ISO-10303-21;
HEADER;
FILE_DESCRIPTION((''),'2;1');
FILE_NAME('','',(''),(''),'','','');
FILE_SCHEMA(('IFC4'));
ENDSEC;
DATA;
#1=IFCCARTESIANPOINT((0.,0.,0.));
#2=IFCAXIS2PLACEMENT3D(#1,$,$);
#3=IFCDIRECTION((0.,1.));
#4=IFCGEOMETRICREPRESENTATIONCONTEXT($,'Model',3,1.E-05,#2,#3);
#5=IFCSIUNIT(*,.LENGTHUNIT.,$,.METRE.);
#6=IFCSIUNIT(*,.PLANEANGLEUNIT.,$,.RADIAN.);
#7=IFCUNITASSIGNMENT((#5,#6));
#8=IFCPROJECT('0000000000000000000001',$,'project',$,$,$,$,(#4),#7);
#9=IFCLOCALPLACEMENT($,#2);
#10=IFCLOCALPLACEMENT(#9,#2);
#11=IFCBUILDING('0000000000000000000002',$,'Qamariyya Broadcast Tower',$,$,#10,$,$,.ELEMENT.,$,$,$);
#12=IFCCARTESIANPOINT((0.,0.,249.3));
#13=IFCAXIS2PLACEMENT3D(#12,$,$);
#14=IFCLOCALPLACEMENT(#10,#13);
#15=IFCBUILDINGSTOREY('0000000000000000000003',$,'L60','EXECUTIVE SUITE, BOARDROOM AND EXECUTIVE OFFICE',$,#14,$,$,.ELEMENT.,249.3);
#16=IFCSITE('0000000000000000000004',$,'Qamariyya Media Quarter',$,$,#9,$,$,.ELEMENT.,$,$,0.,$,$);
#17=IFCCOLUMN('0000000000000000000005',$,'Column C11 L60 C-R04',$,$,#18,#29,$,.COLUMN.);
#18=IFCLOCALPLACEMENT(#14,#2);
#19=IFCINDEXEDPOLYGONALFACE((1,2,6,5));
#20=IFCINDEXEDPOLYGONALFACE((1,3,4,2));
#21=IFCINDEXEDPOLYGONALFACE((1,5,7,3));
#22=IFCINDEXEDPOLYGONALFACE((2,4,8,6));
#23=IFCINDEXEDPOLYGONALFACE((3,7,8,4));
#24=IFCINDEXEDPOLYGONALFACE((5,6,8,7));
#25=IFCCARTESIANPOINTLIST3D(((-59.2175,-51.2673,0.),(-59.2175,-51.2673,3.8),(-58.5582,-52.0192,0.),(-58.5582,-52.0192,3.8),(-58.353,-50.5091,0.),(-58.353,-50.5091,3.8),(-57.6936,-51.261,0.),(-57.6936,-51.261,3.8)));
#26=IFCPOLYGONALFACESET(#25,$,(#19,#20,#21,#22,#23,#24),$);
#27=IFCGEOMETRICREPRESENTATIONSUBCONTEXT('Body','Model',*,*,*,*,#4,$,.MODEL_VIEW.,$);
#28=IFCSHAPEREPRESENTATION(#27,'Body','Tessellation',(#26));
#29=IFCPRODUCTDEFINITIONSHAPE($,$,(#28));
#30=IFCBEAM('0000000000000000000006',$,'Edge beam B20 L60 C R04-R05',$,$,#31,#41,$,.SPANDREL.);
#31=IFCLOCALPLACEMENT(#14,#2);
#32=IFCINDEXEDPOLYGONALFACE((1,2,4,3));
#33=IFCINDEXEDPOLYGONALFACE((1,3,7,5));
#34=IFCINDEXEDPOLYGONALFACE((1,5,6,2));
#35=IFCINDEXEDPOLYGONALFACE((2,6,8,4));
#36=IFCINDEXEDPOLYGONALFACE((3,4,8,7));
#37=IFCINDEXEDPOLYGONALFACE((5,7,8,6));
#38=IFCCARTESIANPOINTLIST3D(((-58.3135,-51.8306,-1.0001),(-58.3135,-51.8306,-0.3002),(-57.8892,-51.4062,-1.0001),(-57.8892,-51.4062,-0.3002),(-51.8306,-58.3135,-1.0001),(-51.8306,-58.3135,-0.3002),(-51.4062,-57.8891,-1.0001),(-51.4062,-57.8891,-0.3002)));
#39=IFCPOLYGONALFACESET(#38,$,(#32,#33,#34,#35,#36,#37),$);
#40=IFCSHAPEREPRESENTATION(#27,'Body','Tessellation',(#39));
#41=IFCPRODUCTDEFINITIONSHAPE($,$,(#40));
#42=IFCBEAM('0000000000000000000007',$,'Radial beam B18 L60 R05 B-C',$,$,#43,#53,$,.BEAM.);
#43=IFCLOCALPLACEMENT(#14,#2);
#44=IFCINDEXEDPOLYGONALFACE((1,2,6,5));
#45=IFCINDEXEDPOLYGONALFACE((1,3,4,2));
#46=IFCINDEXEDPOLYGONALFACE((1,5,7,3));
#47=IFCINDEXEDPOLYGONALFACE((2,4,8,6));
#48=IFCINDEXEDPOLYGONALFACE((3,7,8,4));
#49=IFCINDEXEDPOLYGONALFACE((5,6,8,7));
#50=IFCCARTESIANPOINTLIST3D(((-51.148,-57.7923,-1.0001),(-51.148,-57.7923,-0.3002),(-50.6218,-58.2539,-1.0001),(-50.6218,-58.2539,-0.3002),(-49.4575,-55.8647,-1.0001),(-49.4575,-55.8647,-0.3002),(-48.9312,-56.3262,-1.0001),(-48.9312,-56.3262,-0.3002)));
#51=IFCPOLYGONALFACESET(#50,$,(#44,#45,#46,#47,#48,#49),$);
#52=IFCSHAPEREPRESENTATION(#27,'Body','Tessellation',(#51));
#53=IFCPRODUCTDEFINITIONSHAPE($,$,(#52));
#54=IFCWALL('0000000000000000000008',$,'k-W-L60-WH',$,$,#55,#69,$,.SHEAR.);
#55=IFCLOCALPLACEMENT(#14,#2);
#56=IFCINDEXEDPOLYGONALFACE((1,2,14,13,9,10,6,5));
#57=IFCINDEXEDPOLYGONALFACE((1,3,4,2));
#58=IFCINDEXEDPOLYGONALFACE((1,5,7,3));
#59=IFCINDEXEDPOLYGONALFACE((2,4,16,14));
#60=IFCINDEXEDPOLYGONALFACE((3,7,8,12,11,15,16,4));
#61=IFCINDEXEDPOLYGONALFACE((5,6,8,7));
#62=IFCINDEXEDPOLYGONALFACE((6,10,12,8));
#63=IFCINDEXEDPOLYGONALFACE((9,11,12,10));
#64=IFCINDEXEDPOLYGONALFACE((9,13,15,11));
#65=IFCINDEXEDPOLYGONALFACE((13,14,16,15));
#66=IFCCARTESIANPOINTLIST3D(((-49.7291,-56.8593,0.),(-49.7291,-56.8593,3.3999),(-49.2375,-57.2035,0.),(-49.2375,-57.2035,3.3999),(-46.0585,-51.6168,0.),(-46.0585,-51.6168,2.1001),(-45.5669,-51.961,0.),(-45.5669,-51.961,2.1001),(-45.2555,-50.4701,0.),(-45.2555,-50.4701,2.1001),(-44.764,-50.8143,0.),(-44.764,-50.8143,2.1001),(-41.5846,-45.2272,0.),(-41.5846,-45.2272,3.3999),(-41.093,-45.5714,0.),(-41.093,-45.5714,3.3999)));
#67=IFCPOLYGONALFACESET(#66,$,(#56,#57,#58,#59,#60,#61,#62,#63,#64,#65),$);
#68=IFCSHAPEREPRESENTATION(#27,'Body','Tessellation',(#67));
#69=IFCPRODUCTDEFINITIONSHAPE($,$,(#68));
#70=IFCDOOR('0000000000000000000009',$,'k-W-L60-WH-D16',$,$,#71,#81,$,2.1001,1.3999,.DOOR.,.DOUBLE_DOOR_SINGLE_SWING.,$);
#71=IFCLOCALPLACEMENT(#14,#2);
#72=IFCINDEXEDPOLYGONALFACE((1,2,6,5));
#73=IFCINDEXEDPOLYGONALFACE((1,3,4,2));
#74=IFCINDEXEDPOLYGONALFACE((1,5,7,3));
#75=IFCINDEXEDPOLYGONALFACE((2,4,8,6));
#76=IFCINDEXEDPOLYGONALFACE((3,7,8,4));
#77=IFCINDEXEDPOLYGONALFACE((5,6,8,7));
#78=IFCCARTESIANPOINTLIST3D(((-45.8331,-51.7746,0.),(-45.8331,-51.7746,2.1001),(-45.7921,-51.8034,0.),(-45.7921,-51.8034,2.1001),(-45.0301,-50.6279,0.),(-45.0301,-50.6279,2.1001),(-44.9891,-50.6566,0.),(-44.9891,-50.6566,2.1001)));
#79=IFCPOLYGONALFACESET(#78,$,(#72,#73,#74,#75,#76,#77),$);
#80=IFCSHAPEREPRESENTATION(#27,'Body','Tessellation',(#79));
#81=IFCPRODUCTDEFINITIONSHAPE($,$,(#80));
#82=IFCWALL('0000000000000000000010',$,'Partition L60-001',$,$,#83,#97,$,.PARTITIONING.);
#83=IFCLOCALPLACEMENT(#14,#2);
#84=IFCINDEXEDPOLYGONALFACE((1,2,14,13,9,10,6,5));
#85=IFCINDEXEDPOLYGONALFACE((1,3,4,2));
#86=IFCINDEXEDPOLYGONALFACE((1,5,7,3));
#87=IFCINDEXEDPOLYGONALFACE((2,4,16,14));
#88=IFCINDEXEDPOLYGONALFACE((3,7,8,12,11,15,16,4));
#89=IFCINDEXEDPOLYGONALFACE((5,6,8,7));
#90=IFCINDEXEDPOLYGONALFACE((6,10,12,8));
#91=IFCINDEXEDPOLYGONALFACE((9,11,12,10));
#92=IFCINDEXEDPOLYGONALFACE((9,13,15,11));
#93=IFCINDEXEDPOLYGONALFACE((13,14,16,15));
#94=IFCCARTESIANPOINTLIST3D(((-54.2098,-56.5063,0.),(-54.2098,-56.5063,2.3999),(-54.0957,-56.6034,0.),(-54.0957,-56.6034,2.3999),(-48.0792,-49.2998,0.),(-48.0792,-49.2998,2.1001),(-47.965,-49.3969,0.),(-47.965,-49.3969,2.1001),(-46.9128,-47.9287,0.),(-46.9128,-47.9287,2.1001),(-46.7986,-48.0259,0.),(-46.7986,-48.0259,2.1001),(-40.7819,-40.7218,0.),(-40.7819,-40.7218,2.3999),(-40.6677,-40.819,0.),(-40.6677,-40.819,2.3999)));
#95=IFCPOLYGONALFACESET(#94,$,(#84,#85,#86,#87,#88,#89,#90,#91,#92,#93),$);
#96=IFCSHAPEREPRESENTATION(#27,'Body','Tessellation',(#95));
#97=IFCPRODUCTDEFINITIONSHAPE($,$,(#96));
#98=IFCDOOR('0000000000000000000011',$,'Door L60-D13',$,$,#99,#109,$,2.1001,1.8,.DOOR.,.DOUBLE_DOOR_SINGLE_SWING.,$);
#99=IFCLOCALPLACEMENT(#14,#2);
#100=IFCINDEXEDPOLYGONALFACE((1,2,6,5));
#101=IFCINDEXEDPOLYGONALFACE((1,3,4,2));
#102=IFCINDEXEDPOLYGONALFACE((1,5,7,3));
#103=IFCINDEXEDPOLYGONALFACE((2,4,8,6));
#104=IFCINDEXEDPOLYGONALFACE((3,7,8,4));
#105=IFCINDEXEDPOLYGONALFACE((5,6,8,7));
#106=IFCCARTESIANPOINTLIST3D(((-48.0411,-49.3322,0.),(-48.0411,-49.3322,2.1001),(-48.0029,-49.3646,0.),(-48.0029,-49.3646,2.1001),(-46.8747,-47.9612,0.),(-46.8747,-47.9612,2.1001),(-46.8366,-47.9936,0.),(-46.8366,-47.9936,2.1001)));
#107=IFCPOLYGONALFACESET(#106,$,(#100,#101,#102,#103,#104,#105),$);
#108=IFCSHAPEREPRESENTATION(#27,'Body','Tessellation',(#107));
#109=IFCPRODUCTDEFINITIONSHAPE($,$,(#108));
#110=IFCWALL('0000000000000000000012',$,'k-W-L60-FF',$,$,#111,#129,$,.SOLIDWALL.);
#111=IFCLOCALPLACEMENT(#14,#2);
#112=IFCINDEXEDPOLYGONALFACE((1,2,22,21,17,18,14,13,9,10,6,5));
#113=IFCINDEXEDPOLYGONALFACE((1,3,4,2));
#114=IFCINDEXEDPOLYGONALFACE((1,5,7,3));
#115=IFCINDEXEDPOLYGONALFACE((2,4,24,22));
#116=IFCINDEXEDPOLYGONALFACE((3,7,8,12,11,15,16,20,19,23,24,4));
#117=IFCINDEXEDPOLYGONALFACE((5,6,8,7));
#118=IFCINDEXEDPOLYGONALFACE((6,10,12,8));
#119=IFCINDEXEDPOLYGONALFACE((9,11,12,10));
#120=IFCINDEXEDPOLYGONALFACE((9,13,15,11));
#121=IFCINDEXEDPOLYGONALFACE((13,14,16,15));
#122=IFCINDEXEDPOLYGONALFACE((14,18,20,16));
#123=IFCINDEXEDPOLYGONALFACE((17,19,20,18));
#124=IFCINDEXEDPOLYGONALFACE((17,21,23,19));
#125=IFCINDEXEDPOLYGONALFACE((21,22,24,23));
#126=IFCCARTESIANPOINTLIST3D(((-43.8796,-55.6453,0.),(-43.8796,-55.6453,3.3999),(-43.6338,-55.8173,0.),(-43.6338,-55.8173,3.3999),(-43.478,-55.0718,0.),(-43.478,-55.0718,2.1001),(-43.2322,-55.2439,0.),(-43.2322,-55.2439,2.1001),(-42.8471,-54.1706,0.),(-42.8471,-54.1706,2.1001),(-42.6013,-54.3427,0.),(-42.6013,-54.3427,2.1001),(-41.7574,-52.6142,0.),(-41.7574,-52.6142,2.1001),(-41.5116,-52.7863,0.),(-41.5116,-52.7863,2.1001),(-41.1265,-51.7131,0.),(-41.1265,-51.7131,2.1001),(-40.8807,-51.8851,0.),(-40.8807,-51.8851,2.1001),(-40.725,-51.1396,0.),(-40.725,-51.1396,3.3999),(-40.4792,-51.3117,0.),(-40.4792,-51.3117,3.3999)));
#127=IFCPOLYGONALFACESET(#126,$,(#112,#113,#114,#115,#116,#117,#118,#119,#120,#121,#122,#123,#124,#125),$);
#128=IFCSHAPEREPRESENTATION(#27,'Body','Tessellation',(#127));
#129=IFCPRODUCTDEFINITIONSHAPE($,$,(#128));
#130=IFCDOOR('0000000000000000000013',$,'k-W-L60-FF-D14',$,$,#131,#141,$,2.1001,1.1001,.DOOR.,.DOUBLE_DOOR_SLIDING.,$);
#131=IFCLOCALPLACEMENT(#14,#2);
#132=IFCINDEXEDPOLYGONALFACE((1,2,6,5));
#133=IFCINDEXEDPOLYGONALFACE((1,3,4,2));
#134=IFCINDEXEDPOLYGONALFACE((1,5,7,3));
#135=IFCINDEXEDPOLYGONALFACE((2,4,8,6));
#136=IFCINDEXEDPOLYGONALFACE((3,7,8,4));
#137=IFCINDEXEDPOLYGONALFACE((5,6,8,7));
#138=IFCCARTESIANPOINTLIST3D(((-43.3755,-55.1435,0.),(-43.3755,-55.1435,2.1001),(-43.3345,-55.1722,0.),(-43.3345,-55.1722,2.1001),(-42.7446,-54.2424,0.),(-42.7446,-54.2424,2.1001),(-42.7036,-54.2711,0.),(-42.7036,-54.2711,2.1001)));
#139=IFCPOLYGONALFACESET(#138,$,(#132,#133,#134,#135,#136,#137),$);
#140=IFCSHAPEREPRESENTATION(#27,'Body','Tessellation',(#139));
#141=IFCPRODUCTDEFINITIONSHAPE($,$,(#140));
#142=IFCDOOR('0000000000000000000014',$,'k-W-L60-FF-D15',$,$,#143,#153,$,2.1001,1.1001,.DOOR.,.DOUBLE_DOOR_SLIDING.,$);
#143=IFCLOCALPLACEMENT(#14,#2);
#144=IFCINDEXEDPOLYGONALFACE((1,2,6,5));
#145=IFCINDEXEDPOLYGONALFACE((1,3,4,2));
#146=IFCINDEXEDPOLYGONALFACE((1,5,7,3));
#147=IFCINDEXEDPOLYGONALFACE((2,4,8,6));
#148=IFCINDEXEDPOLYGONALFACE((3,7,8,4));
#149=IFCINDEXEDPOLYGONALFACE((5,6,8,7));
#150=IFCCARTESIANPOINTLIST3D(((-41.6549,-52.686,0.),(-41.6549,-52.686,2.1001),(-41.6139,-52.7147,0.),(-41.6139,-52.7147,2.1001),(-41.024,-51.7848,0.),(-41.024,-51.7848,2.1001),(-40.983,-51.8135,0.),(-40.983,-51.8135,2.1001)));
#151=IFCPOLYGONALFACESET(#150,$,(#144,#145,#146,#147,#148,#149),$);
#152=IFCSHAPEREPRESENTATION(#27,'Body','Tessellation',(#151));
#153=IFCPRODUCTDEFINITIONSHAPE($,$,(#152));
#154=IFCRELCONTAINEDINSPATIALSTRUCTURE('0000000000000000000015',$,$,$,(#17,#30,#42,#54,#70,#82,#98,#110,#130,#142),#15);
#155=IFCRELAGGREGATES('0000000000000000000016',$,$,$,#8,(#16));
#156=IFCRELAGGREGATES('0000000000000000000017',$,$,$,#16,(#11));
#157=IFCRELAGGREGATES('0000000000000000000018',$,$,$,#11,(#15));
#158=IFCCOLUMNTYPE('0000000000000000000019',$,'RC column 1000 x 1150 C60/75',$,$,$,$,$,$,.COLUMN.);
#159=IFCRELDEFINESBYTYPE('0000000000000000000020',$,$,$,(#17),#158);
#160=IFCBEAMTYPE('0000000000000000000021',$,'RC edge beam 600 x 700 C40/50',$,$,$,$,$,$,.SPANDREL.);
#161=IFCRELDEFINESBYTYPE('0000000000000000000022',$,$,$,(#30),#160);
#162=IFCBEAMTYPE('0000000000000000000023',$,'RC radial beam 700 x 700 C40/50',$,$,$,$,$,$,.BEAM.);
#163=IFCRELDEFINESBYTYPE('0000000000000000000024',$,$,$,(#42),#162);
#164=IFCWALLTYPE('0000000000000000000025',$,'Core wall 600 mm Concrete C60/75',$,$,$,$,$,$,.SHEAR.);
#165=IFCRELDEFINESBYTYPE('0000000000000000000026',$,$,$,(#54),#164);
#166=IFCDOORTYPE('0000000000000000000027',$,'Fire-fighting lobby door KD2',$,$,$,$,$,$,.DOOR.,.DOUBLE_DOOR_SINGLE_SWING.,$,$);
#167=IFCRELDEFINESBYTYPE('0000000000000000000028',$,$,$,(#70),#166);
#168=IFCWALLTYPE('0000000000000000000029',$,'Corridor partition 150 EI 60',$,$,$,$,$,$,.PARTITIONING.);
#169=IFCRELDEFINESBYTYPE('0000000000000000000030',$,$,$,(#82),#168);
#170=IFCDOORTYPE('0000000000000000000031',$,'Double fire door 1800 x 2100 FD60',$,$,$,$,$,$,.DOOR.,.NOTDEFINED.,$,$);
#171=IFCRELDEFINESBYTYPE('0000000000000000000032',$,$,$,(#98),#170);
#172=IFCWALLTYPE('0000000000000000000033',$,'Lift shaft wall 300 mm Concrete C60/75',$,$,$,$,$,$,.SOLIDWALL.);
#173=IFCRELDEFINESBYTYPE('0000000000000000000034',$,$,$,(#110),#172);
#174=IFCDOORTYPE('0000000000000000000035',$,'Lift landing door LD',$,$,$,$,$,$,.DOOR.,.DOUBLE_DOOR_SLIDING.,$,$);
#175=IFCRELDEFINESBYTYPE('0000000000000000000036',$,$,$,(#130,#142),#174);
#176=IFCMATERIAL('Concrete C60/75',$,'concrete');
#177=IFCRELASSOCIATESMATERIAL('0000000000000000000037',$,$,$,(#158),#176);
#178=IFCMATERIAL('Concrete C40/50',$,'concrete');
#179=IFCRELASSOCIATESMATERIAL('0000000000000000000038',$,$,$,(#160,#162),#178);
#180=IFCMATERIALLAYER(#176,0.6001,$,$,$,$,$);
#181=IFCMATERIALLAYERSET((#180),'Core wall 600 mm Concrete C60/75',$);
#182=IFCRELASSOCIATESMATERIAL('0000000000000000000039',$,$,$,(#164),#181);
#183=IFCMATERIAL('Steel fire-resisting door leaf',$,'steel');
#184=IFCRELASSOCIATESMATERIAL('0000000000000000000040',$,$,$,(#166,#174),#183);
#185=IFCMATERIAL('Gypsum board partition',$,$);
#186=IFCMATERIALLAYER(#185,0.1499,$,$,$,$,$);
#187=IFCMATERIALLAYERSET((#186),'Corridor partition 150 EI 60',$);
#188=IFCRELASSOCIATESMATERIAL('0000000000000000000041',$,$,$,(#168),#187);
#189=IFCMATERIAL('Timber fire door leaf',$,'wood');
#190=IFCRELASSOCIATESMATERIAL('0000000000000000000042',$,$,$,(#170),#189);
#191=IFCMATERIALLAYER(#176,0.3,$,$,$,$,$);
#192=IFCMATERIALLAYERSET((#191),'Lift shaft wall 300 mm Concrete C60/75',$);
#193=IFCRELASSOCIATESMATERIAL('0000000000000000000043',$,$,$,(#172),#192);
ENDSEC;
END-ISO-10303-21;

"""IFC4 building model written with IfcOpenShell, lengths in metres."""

from ifc_helpers import new_model, si_unit, direction, frame, frame_2d, origin, origin_2d, place, context, subcontext, project, spatial, rectangle, extrude, material, layer, layer_set, material_profile, profile_set, type_object, element, fill, save


model = new_model("IFC4")

# Units and contexts
model_context = context("Model", 3, precision=1e-05, world=origin(), true_north=direction((0.0, 1.0)))
body_context = subcontext(model_context, "Body", "Model", "MODEL_VIEW")
ifc_project = project(units=[si_unit("LENGTHUNIT", "METRE"), si_unit("PLANEANGLEUNIT", "RADIAN")], contexts=[model_context])

# Site, building, storey
site_placement = place(None, origin())
site = spatial("IfcSite", under=ifc_project, at=site_placement, Name="Qamariyya Media Quarter", CompositionType="ELEMENT", RefElevation=0.0)
building_placement = place(site_placement, origin())
building = spatial("IfcBuilding", under=site, at=building_placement, Name="Qamariyya Broadcast Tower", CompositionType="ELEMENT")
storey_placement = place(building_placement, frame((0.0, 0.0, 249.3)))
storey = spatial("IfcBuildingStorey", under=building, at=storey_placement, Name="L60", Description="EXECUTIVE SUITE, BOARDROOM AND EXECUTIVE OFFICE", CompositionType="ELEMENT", Elevation=249.3)

# Column
ifc_material_1 = material(Name="Concrete C60/75", Category="concrete")
ifc_material_profile_1 = material_profile(ifc_material_1, rectangle(XDim=1.0, YDim=1.1499, at=origin_2d()))
ifc_profile_set_1 = profile_set([ifc_material_profile_1], Name="Concrete C60/75")
column_type = type_object("IfcColumnType", Name="RC column 1000 x 1150 C60/75", PredefinedType="COLUMN", material=ifc_profile_set_1)
column_placement = place(storey_placement, frame((-58.4556, -51.2642, 0.0), z_axis=(0.0, 0.0, 1.0), x_axis=(0.659346, -0.75184, 0.0)))
element("IfcColumn", 1, at=column_placement, inside=storey, type_object=column_type, Name="Column C11 L60 C-R04", PredefinedType="COLUMN", context=body_context, shape_type="SweptSolid", body=[
    extrude(rectangle(XDim=1.0, YDim=1.1499, at=origin_2d()), origin(), (0.0, 0.0, 1.0), 3.8),
])

# Beams
ifc_material_2 = material(Name="Concrete C40/50", Category="concrete")
ifc_material_profile_2 = material_profile(ifc_material_2, rectangle(XDim=0.6001, YDim=0.7, at=origin_2d()))
ifc_profile_set_2 = profile_set([ifc_material_profile_2], Name="Concrete C40/50")
beam_type_1 = type_object("IfcBeamType", Name="RC edge beam 600 x 700 C40/50", PredefinedType="SPANDREL", material=ifc_profile_set_2)
beam_1_placement = place(storey_placement, frame((-58.1013, -51.6184, -0.6501), z_axis=(0.707107, -0.707107, 0.0), x_axis=(0.707107, 0.707107, 0.0)))
element("IfcBeam", 2, at=beam_1_placement, inside=storey, type_object=beam_type_1, Name="Edge beam B20 L60 C R04-R05", PredefinedType="SPANDREL", context=body_context, shape_type="SweptSolid", body=[
    extrude(rectangle(XDim=0.6001, YDim=0.7, at=origin_2d()), origin(), (0.0, 0.0, 1.0), 9.1682),
])
ifc_material_profile_3 = material_profile(ifc_material_2, rectangle(XDim=0.7, YDim=0.7, at=origin_2d()))
ifc_profile_set_3 = profile_set([ifc_material_profile_3], Name="Concrete C40/50")
beam_type_2 = type_object("IfcBeamType", Name="RC radial beam 700 x 700 C40/50", PredefinedType="BEAM", material=ifc_profile_set_3)
beam_2_placement = place(storey_placement, frame((-49.1943, -56.0955, -0.6501), z_axis=(-0.659367, -0.751821, 0.0), x_axis=(0.751821, -0.659367, 0.0)))
element("IfcBeam", 3, at=beam_2_placement, inside=storey, type_object=beam_type_2, Name="Radial beam B18 L60 R05 B-C", PredefinedType="BEAM", context=body_context, shape_type="SweptSolid", body=[
    extrude(rectangle(XDim=0.7, YDim=0.7, at=origin_2d()), origin(), (0.0, 0.0, 1.0), 2.564),
])

# Walls, openings, doors
ifc_layer_1 = layer(ifc_material_1, 0.6001)
ifc_layer_set_1 = layer_set([ifc_layer_1], Name="Core wall 600 mm Concrete C60/75")
wall_type_1 = type_object("IfcWallType", Name="Core wall 600 mm Concrete C60/75", PredefinedType="SHEAR", material=ifc_layer_set_1)
wall_1_placement = place(storey_placement, frame((-49.4834, -57.0315, 0.0), z_axis=(0.0, 0.0, 1.0), x_axis=(0.57356, 0.819163, 0.0)))
wall_1 = element("IfcWall", 4, at=wall_1_placement, inside=storey, type_object=wall_type_1, Name="k-W-L60-WH", PredefinedType="SHEAR", context=body_context, shape_type="SweptSolid", body=[
    extrude(rectangle(XDim=14.2, YDim=0.6001, at=frame_2d((7.1001, 0.0))), origin(), (0.0, 0.0, 1.0), 3.3999),
])
opening_1_placement = place(wall_1_placement, frame((6.3999, 0.0, 0.0)))
opening_1 = element("IfcOpeningElement", 5, at=opening_1_placement, cuts=wall_1, PredefinedType="OPENING", context=body_context, shape_type="SweptSolid", body=[
    extrude(rectangle(XDim=1.3999, YDim=2.1001, at=frame_2d((0.7, 1.05))), frame((0.0, 0.3101, 0.0), z_axis=(0.0, -1.0, 0.0), x_axis=(1.0, 0.0, 0.0)), (0.0, 0.0, 1.0), 0.6201),
])
ifc_material_3 = material(Name="Steel fire-resisting door leaf", Category="steel")
door_type_1 = type_object("IfcDoorType", Name="Fire-fighting lobby door KD2", OperationType="DOUBLE_DOOR_SINGLE_SWING", PredefinedType="DOOR", material=ifc_material_3)
door_1_placement = place(opening_1_placement, origin())
door_1 = element("IfcDoor", 6, at=door_1_placement, inside=storey, type_object=door_type_1, Name="k-W-L60-WH-D16", OperationType="DOUBLE_DOOR_SINGLE_SWING", OverallHeight=2.1001, OverallWidth=1.3999, PredefinedType="DOOR", context=body_context, shape_type="SweptSolid", body=[
    extrude(rectangle(XDim=1.3999, YDim=2.1001, at=frame_2d((0.7, 1.05))), frame((0.0, 0.0249, 0.0), z_axis=(0.0, -1.0, 0.0), x_axis=(1.0, 0.0, 0.0)), (0.0, 0.0, 1.0), 0.05),
])
fill(opening_1, door_1)
ifc_material_4 = material(Name="Gypsum board partition")
ifc_layer_2 = layer(ifc_material_4, 0.1499)
ifc_layer_set_2 = layer_set([ifc_layer_2], Name="Corridor partition 150 EI 60")
wall_type_2 = type_object("IfcWallType", Name="Corridor partition 150 EI 60", PredefinedType="PARTITIONING", material=ifc_layer_set_2)
wall_2_placement = place(storey_placement, frame((-54.1528, -56.5549, 0.0), z_axis=(0.0, 0.0, 1.0), x_axis=(0.647963, 0.761672, 0.0)))
wall_2 = element("IfcWall", 7, at=wall_2_placement, inside=storey, type_object=wall_type_2, Name="Partition L60-001", PredefinedType="PARTITIONING", context=body_context, shape_type="SweptSolid", body=[
    extrude(rectangle(XDim=20.7234, YDim=0.1499, at=frame_2d((10.3618, 0.0))), origin(), (0.0, 0.0, 1.0), 2.3999),
])
opening_2_placement = place(wall_2_placement, frame((9.4617, 0.0, 0.0)))
opening_2 = element("IfcOpeningElement", 8, at=opening_2_placement, cuts=wall_2, PredefinedType="OPENING", context=body_context, shape_type="SweptSolid", body=[
    extrude(rectangle(XDim=1.8, YDim=2.1001, at=frame_2d((0.8999, 1.05))), frame((0.0, 0.085, 0.0), z_axis=(0.0, -1.0, 0.0), x_axis=(1.0, 0.0, 0.0)), (0.0, 0.0, 1.0), 0.1699),
])
ifc_material_5 = material(Name="Timber fire door leaf", Category="wood")
door_type_2 = type_object("IfcDoorType", Name="Double fire door 1800 x 2100 FD60", OperationType="NOTDEFINED", PredefinedType="DOOR", material=ifc_material_5)
door_2_placement = place(opening_2_placement, origin())
door_2 = element("IfcDoor", 9, at=door_2_placement, inside=storey, type_object=door_type_2, Name="Door L60-D13", OperationType="DOUBLE_DOOR_SINGLE_SWING", OverallHeight=2.1001, OverallWidth=1.8, PredefinedType="DOOR", context=body_context, shape_type="SweptSolid", body=[
    extrude(rectangle(XDim=1.8, YDim=2.1001, at=frame_2d((0.8999, 1.05))), frame((0.0, 0.0249, 0.0), z_axis=(0.0, -1.0, 0.0), x_axis=(1.0, 0.0, 0.0)), (0.0, 0.0, 1.0), 0.05),
])
fill(opening_2, door_2)

# Wall, openings, doors
ifc_layer_3 = layer(ifc_material_1, 0.3)
ifc_layer_set_3 = layer_set([ifc_layer_3], Name="Lift shaft wall 300 mm Concrete C60/75")
wall_type_3 = type_object("IfcWallType", Name="Lift shaft wall 300 mm Concrete C60/75", PredefinedType="SOLIDWALL", material=ifc_layer_set_3)
wall_3_placement = place(storey_placement, frame((-43.7566, -55.7312, 0.0), z_axis=(0.0, 0.0, 1.0), x_axis=(0.573537, 0.81918, 0.0)))
wall_3 = element("IfcWall", 10, at=wall_3_placement, inside=storey, type_object=wall_type_3, Name="k-W-L60-FF", PredefinedType="SOLIDWALL", context=body_context, shape_type="SweptSolid", body=[
    extrude(rectangle(XDim=5.5002, YDim=0.3, at=frame_2d((2.75, 0.0))), origin(), (0.0, 0.0, 1.0), 3.3999),
])
opening_3_placement = place(wall_3_placement, frame((0.7, 0.0, 0.0)))
opening_3 = element("IfcOpeningElement", 11, at=opening_3_placement, cuts=wall_3, PredefinedType="OPENING", context=body_context, shape_type="SweptSolid", body=[
    extrude(rectangle(XDim=1.1001, YDim=2.1001, at=frame_2d((0.55, 1.05))), frame((0.0, 0.1599, 0.0), z_axis=(0.0, -1.0, 0.0), x_axis=(1.0, 0.0, 0.0)), (0.0, 0.0, 1.0), 0.3201),
])
opening_4_placement = place(wall_3_placement, frame((3.7, 0.0, 0.0)))
opening_4 = element("IfcOpeningElement", 12, at=opening_4_placement, cuts=wall_3, PredefinedType="OPENING", context=body_context, shape_type="SweptSolid", body=[
    extrude(rectangle(XDim=1.1001, YDim=2.1001, at=frame_2d((0.55, 1.05))), frame((0.0, 0.1599, 0.0), z_axis=(0.0, -1.0, 0.0), x_axis=(1.0, 0.0, 0.0)), (0.0, 0.0, 1.0), 0.3201),
])
door_type_3 = type_object("IfcDoorType", Name="Lift landing door LD", OperationType="DOUBLE_DOOR_SLIDING", PredefinedType="DOOR", material=ifc_material_3)
door_3_placement = place(opening_3_placement, origin())
door_3 = element("IfcDoor", 13, at=door_3_placement, inside=storey, type_object=door_type_3, Name="k-W-L60-FF-D14", OperationType="DOUBLE_DOOR_SLIDING", OverallHeight=2.1001, OverallWidth=1.1001, PredefinedType="DOOR", context=body_context, shape_type="SweptSolid", body=[
    extrude(rectangle(XDim=1.1001, YDim=2.1001, at=frame_2d((0.55, 1.05))), frame((0.0, 0.0249, 0.0), z_axis=(0.0, -1.0, 0.0), x_axis=(1.0, 0.0, 0.0)), (0.0, 0.0, 1.0), 0.05),
])
fill(opening_3, door_3)
door_4_placement = place(opening_4_placement, origin())
door_4 = element("IfcDoor", 14, at=door_4_placement, inside=storey, type_object=door_type_3, Name="k-W-L60-FF-D15", OperationType="DOUBLE_DOOR_SLIDING", OverallHeight=2.1001, OverallWidth=1.1001, PredefinedType="DOOR", context=body_context, shape_type="SweptSolid", body=[
    extrude(rectangle(XDim=1.1001, YDim=2.1001, at=frame_2d((0.55, 1.05))), frame((0.0, 0.0249, 0.0), z_axis=(0.0, -1.0, 0.0), x_axis=(1.0, 0.0, 0.0)), (0.0, 0.0, 1.0), 0.05),
])
fill(opening_4, door_4)

save(model, "model.ifc")
